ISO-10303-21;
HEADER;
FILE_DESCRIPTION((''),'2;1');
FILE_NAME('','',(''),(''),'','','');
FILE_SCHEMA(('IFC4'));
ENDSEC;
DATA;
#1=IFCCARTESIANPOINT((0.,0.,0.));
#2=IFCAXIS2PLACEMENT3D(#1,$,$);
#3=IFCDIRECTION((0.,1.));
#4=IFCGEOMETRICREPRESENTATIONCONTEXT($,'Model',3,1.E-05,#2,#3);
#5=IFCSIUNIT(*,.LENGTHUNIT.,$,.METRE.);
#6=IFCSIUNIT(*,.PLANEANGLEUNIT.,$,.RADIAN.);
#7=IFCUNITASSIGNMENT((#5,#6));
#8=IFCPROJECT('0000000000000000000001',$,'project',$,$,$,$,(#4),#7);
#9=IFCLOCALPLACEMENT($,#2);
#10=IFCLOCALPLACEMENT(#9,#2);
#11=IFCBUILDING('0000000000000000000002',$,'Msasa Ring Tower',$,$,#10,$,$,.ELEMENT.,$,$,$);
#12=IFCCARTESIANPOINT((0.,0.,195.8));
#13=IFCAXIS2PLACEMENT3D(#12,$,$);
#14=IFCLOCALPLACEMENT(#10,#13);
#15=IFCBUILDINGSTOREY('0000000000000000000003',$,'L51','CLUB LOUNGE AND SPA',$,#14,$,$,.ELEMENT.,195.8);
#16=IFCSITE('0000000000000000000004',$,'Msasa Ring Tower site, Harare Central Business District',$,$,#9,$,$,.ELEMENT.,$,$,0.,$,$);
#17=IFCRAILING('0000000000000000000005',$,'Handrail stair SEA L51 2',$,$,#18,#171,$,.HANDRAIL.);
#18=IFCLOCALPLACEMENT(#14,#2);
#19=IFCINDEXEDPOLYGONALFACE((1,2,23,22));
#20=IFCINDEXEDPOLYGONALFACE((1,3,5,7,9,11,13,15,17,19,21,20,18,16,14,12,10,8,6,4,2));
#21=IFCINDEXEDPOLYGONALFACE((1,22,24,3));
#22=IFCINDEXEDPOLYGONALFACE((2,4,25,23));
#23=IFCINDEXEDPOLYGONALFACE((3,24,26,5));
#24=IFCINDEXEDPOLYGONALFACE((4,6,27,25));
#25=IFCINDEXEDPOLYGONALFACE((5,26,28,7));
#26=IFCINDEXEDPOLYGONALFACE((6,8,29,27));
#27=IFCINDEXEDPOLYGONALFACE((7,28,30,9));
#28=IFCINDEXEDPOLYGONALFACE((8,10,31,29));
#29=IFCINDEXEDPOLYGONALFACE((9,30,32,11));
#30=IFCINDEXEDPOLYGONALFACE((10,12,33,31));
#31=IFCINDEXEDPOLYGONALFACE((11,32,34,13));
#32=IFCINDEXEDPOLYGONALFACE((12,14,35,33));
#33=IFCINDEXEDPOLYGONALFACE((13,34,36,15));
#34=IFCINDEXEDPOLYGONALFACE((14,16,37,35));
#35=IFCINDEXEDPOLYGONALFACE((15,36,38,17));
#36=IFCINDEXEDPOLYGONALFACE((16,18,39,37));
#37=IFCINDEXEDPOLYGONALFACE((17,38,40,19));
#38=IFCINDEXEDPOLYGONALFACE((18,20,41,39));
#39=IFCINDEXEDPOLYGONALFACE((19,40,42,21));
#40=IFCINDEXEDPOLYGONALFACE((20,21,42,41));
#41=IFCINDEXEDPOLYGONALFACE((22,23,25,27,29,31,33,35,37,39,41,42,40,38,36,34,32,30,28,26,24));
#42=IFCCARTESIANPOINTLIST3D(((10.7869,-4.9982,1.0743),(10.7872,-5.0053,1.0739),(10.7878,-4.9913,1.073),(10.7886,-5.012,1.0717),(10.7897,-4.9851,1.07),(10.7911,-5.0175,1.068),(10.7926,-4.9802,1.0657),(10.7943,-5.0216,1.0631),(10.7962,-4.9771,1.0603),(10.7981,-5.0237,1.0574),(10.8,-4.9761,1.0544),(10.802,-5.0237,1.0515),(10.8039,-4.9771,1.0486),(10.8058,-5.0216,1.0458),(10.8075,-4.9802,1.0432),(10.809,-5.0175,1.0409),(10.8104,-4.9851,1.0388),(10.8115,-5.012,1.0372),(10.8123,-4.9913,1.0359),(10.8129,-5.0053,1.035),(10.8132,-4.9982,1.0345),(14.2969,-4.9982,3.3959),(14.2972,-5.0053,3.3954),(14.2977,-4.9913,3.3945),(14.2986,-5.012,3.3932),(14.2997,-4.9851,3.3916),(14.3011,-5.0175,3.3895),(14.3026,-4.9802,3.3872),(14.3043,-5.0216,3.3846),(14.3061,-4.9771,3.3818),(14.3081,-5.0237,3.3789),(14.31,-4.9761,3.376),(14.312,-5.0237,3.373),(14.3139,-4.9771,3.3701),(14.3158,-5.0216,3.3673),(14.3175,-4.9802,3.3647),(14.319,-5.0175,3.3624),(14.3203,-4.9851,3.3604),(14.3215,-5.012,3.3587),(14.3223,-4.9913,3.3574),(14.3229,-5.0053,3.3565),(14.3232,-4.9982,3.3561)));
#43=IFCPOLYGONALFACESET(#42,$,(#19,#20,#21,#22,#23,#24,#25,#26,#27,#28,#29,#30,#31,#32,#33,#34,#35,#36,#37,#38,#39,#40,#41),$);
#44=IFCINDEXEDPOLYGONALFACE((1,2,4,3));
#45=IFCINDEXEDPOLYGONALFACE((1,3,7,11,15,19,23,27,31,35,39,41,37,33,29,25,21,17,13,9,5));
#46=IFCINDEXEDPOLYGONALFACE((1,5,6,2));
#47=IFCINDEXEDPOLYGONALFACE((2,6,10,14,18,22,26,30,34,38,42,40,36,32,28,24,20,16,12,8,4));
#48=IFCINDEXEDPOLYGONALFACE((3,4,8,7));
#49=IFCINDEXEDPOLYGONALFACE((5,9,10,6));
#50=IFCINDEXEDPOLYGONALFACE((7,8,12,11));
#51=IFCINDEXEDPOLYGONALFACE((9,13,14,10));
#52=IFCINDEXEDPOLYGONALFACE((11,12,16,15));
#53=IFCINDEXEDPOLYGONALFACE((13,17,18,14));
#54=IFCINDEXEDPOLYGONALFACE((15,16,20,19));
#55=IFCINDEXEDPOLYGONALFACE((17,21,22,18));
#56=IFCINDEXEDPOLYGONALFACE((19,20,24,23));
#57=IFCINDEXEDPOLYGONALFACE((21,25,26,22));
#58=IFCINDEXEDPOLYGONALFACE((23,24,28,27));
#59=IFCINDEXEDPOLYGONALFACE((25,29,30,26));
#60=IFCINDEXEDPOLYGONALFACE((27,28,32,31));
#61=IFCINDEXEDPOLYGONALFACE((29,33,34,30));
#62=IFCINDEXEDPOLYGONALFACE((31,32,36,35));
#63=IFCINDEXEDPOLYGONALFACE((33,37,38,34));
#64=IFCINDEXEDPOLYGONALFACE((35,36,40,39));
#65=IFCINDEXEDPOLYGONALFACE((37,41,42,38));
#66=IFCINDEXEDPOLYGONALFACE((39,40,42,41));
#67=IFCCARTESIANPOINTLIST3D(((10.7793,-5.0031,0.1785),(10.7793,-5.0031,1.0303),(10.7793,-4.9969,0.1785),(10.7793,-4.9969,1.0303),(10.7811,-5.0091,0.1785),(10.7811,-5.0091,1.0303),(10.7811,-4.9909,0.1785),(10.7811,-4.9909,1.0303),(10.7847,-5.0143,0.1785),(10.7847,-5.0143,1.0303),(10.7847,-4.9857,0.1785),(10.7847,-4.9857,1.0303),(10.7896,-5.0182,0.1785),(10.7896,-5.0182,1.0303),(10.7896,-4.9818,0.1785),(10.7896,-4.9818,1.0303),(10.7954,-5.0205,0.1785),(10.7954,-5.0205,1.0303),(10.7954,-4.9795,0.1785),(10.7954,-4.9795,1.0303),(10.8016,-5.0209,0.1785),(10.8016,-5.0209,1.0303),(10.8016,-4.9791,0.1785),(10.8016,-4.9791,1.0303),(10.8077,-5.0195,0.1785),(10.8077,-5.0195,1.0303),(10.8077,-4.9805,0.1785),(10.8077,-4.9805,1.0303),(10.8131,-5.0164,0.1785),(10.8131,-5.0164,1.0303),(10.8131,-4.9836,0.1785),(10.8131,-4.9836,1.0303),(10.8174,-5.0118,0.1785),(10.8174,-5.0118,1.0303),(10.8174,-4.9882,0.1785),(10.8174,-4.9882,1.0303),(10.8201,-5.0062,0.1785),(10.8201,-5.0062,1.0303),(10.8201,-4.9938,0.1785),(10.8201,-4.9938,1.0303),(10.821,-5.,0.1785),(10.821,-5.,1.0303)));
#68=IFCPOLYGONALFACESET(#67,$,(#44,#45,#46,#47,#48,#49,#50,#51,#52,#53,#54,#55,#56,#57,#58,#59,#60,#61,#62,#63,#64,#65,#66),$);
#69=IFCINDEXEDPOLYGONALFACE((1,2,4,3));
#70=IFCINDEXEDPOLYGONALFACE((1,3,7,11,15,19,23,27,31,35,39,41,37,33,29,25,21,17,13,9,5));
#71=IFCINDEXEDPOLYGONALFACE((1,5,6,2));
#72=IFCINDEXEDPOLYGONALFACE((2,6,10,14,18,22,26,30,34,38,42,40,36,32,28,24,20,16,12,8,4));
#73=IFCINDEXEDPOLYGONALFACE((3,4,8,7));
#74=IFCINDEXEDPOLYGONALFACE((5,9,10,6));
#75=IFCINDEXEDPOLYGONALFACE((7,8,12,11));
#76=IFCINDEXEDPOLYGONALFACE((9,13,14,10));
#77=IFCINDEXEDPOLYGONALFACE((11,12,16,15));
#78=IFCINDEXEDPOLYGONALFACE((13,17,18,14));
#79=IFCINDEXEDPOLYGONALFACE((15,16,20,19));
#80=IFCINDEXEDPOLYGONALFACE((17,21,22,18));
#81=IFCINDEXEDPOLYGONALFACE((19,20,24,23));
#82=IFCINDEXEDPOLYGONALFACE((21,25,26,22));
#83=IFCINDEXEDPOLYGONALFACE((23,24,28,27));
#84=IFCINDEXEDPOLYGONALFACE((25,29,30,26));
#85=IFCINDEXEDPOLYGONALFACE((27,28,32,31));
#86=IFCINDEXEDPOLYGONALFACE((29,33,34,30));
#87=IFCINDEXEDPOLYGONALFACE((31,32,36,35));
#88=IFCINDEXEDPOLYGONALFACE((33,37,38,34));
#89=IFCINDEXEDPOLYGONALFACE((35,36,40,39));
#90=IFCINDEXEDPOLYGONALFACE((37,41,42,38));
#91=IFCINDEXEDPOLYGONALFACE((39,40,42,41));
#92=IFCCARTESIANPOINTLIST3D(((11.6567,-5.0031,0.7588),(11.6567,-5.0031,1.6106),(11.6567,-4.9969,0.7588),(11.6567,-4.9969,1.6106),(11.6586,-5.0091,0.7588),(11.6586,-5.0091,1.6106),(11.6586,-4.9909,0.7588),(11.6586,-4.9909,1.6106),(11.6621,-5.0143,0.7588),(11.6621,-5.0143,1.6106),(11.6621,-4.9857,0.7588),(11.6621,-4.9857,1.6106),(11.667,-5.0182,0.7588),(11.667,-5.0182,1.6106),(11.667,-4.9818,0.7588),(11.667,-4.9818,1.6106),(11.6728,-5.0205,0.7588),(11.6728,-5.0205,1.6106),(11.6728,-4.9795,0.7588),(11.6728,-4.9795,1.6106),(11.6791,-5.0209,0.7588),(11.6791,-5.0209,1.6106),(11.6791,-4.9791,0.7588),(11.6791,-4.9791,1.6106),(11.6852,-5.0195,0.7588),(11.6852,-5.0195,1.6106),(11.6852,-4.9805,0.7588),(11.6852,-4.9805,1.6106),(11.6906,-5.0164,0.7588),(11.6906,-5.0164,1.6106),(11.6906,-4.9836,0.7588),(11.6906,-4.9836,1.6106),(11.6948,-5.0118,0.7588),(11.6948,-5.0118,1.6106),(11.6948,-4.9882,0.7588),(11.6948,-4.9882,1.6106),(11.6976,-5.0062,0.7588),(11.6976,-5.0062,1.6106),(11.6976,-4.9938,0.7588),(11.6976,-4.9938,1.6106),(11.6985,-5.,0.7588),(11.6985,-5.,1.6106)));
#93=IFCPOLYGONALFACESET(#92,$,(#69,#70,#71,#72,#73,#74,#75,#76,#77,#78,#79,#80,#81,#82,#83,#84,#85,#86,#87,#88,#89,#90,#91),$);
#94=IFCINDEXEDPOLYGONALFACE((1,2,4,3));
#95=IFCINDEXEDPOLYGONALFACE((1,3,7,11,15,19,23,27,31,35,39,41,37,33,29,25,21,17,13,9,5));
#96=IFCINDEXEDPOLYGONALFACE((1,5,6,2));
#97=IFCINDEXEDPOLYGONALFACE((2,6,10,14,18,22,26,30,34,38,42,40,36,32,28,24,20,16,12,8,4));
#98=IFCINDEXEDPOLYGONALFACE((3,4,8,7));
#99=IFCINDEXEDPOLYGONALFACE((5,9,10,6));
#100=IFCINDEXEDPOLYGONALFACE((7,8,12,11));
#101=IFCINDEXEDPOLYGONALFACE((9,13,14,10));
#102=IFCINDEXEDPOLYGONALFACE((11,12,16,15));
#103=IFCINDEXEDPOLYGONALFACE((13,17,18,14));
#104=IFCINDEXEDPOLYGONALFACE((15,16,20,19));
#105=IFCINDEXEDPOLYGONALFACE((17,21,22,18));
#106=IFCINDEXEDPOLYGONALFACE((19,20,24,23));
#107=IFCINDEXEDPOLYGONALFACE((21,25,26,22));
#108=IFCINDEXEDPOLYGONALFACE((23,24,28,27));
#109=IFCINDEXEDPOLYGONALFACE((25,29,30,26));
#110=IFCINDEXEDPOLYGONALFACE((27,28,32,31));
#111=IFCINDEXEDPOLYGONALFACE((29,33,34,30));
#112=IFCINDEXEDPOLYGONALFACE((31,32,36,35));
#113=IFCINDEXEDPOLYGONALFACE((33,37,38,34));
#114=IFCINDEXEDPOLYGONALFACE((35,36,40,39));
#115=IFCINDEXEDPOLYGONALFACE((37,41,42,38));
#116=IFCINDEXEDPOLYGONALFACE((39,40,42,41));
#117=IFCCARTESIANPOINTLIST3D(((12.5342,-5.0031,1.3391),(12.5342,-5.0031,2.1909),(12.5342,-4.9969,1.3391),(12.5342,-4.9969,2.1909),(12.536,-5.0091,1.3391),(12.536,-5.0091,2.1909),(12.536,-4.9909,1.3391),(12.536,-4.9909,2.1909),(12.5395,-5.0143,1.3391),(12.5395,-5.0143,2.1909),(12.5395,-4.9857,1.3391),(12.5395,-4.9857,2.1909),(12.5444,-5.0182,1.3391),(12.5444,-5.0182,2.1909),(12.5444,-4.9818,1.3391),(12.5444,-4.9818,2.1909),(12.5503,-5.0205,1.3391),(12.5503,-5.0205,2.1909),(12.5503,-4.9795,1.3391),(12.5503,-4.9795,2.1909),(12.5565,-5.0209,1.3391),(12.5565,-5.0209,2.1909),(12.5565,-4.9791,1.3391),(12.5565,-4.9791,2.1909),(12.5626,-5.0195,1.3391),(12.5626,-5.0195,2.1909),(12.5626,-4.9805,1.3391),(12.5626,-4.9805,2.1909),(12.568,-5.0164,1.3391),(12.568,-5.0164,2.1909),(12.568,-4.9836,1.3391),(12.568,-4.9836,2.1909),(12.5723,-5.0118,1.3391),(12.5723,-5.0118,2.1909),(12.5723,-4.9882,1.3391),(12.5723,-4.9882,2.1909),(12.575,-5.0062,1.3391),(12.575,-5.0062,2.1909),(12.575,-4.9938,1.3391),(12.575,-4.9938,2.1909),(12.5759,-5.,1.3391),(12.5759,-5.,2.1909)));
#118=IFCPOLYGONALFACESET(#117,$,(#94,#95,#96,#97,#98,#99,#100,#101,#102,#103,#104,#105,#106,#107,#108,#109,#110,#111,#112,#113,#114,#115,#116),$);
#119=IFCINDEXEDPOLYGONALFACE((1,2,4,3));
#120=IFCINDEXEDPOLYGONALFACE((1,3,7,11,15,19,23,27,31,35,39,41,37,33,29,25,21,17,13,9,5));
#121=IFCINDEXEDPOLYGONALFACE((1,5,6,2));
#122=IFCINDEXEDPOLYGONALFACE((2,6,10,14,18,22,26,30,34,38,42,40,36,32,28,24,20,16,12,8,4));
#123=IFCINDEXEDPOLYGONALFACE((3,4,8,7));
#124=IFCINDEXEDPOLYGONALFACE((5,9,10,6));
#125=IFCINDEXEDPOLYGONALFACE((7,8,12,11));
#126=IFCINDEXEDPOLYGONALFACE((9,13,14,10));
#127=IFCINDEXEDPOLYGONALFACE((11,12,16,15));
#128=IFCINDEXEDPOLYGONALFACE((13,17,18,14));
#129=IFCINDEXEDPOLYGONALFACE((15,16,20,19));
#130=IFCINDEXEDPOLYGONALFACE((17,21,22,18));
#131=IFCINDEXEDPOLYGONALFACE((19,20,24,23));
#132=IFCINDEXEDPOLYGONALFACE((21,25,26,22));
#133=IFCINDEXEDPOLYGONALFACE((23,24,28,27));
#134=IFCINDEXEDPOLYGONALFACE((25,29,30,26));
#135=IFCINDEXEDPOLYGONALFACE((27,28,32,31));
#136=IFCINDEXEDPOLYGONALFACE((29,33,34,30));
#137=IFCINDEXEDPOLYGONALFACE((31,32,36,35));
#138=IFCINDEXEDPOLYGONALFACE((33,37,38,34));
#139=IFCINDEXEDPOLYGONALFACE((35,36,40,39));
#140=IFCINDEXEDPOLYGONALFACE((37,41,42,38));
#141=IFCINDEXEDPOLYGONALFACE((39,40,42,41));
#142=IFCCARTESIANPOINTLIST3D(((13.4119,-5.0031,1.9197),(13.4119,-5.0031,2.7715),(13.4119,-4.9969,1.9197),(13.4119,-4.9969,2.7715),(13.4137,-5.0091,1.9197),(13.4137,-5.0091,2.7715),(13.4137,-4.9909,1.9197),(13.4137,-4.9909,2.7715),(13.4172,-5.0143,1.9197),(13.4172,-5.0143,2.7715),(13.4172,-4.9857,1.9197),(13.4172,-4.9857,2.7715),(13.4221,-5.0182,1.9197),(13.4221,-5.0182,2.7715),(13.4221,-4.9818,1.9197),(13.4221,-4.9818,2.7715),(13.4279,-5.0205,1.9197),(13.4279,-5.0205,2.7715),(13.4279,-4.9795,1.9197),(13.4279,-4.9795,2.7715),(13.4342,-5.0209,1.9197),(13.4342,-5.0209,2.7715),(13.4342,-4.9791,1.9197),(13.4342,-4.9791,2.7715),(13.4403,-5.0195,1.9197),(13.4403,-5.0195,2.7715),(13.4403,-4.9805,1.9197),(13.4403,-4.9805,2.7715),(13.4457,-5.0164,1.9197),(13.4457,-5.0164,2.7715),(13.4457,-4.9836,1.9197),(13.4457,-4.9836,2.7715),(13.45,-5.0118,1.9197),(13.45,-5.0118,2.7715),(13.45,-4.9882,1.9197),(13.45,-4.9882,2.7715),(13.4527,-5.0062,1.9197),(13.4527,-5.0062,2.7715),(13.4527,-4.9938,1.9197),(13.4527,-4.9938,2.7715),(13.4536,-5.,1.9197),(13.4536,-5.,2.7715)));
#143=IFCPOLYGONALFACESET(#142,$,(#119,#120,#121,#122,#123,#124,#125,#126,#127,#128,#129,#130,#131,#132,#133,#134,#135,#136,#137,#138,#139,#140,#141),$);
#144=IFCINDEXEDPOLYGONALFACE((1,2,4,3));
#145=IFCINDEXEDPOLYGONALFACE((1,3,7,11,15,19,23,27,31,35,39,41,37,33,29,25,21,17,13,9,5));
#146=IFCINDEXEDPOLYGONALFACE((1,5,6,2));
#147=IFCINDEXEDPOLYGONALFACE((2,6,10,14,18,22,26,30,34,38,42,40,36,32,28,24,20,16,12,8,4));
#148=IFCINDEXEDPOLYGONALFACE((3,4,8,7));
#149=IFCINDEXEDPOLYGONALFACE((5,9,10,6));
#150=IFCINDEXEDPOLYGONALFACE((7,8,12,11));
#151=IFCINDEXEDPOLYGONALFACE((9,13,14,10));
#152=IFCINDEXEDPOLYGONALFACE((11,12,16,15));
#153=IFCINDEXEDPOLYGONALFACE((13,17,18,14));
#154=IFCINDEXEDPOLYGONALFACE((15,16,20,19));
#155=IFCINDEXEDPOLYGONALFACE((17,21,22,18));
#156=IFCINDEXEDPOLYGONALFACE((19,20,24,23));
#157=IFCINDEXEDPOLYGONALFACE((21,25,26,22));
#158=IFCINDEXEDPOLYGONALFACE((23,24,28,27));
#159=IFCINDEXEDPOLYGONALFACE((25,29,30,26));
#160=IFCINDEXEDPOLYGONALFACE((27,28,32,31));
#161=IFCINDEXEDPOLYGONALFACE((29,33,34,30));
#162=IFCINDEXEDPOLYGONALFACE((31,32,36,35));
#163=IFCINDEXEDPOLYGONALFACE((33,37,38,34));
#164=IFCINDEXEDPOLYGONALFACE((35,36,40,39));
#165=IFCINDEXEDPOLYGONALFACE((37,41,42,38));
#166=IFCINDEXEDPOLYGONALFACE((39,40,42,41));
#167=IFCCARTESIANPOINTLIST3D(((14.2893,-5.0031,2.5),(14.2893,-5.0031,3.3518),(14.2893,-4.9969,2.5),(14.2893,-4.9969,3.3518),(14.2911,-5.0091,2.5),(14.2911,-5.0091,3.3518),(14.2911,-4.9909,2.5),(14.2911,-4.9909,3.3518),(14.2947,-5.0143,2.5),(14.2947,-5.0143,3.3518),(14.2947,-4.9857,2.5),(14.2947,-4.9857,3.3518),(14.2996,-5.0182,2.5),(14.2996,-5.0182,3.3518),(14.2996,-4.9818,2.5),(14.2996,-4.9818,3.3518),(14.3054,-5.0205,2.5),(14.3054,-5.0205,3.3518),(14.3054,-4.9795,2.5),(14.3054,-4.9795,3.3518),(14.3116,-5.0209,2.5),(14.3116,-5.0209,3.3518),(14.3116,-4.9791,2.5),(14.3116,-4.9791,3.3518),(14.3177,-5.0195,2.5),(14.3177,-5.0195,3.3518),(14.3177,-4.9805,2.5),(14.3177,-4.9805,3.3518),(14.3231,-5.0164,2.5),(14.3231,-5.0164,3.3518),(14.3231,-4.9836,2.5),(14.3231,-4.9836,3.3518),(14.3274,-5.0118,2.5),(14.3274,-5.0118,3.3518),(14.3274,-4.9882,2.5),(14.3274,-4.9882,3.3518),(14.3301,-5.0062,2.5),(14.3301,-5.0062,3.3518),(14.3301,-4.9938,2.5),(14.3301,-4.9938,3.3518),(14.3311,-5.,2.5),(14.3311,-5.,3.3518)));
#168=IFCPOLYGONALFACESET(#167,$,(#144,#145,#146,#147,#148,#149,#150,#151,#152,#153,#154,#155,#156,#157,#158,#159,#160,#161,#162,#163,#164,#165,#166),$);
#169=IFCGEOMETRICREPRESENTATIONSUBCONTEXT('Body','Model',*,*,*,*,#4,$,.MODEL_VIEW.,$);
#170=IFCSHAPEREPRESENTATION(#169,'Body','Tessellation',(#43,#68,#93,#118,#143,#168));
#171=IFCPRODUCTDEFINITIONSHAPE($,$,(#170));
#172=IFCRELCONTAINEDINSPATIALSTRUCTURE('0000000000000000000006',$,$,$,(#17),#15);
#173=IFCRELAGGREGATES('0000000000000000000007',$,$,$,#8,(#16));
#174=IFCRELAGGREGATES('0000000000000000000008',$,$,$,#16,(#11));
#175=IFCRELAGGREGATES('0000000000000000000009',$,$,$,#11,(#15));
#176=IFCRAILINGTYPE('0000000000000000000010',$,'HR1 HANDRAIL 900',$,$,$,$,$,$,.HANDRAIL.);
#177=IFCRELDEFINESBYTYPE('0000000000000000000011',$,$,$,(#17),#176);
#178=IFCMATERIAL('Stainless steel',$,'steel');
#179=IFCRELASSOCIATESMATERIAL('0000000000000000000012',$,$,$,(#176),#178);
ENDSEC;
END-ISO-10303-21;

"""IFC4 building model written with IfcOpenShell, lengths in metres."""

from ifc_helpers import new_model, si_unit, direction, frame, origin, origin_2d, place, context, subcontext, project, spatial, circle, extrude, material, type_object, element, save


model = new_model("IFC4")

# Units and contexts
model_context = context("Model", 3, precision=1e-05, world=origin(), true_north=direction((0.0, 1.0)))
body_context = subcontext(model_context, "Body", "Model", "MODEL_VIEW")
ifc_project = project(units=[si_unit("LENGTHUNIT", "METRE"), si_unit("PLANEANGLEUNIT", "RADIAN")], contexts=[model_context])

# Site, building, storey
site_placement = place(None, origin())
site = spatial("IfcSite", under=ifc_project, at=site_placement, Name="Msasa Ring Tower site, Harare Central Business District", CompositionType="ELEMENT", RefElevation=0.0)
building_placement = place(site_placement, origin())
building = spatial("IfcBuilding", under=site, at=building_placement, Name="Msasa Ring Tower", CompositionType="ELEMENT")
storey_placement = place(building_placement, frame((0.0, 0.0, 195.8)))
storey = spatial("IfcBuildingStorey", under=building, at=storey_placement, Name="L51", Description="CLUB LOUNGE AND SPA", CompositionType="ELEMENT", Elevation=195.8)

# Railing
ifc_material_1 = material(Name="Stainless steel", Category="steel")
railing_type = type_object("IfcRailingType", Name="HR1 HANDRAIL 900", PredefinedType="HANDRAIL", material=ifc_material_1)
for number, where, name in (
    (1, (10.8, -5.0, 0.1785), "Handrail stair SEA L51 2"),
):
    element("IfcRailing", number, at=place(storey_placement, frame(where)), inside=storey, type_object=railing_type, Name=name, PredefinedType="HANDRAIL", context=body_context, shape_type="SweptSolid", body=[
        extrude(circle(Radius=0.0239, at=origin_2d()), frame((0.0, 0.0, 0.876), z_axis=(0.834071, 0.0, 0.551657), x_axis=(0.0, 1.0, 0.0)), (0.0, 0.0, 1.0), 4.2083),
        extrude(circle(Radius=0.021, at=origin_2d()), origin(), (0.0, 0.0, 1.0), 0.8518),
        extrude(circle(Radius=0.021, at=origin_2d()), frame((0.8774, 0.0, 0.5803)), (0.0, 0.0, 1.0), 0.8518),
        extrude(circle(Radius=0.021, at=origin_2d()), frame((1.7549, 0.0, 1.1606)), (0.0, 0.0, 1.0), 0.8518),
        extrude(circle(Radius=0.021, at=origin_2d()), frame((2.6326, 0.0, 1.7412)), (0.0, 0.0, 1.0), 0.8518),
        extrude(circle(Radius=0.021, at=origin_2d()), frame((3.51, 0.0, 2.3215)), (0.0, 0.0, 1.0), 0.8518),
    ])

save(model, "model.ifc")
